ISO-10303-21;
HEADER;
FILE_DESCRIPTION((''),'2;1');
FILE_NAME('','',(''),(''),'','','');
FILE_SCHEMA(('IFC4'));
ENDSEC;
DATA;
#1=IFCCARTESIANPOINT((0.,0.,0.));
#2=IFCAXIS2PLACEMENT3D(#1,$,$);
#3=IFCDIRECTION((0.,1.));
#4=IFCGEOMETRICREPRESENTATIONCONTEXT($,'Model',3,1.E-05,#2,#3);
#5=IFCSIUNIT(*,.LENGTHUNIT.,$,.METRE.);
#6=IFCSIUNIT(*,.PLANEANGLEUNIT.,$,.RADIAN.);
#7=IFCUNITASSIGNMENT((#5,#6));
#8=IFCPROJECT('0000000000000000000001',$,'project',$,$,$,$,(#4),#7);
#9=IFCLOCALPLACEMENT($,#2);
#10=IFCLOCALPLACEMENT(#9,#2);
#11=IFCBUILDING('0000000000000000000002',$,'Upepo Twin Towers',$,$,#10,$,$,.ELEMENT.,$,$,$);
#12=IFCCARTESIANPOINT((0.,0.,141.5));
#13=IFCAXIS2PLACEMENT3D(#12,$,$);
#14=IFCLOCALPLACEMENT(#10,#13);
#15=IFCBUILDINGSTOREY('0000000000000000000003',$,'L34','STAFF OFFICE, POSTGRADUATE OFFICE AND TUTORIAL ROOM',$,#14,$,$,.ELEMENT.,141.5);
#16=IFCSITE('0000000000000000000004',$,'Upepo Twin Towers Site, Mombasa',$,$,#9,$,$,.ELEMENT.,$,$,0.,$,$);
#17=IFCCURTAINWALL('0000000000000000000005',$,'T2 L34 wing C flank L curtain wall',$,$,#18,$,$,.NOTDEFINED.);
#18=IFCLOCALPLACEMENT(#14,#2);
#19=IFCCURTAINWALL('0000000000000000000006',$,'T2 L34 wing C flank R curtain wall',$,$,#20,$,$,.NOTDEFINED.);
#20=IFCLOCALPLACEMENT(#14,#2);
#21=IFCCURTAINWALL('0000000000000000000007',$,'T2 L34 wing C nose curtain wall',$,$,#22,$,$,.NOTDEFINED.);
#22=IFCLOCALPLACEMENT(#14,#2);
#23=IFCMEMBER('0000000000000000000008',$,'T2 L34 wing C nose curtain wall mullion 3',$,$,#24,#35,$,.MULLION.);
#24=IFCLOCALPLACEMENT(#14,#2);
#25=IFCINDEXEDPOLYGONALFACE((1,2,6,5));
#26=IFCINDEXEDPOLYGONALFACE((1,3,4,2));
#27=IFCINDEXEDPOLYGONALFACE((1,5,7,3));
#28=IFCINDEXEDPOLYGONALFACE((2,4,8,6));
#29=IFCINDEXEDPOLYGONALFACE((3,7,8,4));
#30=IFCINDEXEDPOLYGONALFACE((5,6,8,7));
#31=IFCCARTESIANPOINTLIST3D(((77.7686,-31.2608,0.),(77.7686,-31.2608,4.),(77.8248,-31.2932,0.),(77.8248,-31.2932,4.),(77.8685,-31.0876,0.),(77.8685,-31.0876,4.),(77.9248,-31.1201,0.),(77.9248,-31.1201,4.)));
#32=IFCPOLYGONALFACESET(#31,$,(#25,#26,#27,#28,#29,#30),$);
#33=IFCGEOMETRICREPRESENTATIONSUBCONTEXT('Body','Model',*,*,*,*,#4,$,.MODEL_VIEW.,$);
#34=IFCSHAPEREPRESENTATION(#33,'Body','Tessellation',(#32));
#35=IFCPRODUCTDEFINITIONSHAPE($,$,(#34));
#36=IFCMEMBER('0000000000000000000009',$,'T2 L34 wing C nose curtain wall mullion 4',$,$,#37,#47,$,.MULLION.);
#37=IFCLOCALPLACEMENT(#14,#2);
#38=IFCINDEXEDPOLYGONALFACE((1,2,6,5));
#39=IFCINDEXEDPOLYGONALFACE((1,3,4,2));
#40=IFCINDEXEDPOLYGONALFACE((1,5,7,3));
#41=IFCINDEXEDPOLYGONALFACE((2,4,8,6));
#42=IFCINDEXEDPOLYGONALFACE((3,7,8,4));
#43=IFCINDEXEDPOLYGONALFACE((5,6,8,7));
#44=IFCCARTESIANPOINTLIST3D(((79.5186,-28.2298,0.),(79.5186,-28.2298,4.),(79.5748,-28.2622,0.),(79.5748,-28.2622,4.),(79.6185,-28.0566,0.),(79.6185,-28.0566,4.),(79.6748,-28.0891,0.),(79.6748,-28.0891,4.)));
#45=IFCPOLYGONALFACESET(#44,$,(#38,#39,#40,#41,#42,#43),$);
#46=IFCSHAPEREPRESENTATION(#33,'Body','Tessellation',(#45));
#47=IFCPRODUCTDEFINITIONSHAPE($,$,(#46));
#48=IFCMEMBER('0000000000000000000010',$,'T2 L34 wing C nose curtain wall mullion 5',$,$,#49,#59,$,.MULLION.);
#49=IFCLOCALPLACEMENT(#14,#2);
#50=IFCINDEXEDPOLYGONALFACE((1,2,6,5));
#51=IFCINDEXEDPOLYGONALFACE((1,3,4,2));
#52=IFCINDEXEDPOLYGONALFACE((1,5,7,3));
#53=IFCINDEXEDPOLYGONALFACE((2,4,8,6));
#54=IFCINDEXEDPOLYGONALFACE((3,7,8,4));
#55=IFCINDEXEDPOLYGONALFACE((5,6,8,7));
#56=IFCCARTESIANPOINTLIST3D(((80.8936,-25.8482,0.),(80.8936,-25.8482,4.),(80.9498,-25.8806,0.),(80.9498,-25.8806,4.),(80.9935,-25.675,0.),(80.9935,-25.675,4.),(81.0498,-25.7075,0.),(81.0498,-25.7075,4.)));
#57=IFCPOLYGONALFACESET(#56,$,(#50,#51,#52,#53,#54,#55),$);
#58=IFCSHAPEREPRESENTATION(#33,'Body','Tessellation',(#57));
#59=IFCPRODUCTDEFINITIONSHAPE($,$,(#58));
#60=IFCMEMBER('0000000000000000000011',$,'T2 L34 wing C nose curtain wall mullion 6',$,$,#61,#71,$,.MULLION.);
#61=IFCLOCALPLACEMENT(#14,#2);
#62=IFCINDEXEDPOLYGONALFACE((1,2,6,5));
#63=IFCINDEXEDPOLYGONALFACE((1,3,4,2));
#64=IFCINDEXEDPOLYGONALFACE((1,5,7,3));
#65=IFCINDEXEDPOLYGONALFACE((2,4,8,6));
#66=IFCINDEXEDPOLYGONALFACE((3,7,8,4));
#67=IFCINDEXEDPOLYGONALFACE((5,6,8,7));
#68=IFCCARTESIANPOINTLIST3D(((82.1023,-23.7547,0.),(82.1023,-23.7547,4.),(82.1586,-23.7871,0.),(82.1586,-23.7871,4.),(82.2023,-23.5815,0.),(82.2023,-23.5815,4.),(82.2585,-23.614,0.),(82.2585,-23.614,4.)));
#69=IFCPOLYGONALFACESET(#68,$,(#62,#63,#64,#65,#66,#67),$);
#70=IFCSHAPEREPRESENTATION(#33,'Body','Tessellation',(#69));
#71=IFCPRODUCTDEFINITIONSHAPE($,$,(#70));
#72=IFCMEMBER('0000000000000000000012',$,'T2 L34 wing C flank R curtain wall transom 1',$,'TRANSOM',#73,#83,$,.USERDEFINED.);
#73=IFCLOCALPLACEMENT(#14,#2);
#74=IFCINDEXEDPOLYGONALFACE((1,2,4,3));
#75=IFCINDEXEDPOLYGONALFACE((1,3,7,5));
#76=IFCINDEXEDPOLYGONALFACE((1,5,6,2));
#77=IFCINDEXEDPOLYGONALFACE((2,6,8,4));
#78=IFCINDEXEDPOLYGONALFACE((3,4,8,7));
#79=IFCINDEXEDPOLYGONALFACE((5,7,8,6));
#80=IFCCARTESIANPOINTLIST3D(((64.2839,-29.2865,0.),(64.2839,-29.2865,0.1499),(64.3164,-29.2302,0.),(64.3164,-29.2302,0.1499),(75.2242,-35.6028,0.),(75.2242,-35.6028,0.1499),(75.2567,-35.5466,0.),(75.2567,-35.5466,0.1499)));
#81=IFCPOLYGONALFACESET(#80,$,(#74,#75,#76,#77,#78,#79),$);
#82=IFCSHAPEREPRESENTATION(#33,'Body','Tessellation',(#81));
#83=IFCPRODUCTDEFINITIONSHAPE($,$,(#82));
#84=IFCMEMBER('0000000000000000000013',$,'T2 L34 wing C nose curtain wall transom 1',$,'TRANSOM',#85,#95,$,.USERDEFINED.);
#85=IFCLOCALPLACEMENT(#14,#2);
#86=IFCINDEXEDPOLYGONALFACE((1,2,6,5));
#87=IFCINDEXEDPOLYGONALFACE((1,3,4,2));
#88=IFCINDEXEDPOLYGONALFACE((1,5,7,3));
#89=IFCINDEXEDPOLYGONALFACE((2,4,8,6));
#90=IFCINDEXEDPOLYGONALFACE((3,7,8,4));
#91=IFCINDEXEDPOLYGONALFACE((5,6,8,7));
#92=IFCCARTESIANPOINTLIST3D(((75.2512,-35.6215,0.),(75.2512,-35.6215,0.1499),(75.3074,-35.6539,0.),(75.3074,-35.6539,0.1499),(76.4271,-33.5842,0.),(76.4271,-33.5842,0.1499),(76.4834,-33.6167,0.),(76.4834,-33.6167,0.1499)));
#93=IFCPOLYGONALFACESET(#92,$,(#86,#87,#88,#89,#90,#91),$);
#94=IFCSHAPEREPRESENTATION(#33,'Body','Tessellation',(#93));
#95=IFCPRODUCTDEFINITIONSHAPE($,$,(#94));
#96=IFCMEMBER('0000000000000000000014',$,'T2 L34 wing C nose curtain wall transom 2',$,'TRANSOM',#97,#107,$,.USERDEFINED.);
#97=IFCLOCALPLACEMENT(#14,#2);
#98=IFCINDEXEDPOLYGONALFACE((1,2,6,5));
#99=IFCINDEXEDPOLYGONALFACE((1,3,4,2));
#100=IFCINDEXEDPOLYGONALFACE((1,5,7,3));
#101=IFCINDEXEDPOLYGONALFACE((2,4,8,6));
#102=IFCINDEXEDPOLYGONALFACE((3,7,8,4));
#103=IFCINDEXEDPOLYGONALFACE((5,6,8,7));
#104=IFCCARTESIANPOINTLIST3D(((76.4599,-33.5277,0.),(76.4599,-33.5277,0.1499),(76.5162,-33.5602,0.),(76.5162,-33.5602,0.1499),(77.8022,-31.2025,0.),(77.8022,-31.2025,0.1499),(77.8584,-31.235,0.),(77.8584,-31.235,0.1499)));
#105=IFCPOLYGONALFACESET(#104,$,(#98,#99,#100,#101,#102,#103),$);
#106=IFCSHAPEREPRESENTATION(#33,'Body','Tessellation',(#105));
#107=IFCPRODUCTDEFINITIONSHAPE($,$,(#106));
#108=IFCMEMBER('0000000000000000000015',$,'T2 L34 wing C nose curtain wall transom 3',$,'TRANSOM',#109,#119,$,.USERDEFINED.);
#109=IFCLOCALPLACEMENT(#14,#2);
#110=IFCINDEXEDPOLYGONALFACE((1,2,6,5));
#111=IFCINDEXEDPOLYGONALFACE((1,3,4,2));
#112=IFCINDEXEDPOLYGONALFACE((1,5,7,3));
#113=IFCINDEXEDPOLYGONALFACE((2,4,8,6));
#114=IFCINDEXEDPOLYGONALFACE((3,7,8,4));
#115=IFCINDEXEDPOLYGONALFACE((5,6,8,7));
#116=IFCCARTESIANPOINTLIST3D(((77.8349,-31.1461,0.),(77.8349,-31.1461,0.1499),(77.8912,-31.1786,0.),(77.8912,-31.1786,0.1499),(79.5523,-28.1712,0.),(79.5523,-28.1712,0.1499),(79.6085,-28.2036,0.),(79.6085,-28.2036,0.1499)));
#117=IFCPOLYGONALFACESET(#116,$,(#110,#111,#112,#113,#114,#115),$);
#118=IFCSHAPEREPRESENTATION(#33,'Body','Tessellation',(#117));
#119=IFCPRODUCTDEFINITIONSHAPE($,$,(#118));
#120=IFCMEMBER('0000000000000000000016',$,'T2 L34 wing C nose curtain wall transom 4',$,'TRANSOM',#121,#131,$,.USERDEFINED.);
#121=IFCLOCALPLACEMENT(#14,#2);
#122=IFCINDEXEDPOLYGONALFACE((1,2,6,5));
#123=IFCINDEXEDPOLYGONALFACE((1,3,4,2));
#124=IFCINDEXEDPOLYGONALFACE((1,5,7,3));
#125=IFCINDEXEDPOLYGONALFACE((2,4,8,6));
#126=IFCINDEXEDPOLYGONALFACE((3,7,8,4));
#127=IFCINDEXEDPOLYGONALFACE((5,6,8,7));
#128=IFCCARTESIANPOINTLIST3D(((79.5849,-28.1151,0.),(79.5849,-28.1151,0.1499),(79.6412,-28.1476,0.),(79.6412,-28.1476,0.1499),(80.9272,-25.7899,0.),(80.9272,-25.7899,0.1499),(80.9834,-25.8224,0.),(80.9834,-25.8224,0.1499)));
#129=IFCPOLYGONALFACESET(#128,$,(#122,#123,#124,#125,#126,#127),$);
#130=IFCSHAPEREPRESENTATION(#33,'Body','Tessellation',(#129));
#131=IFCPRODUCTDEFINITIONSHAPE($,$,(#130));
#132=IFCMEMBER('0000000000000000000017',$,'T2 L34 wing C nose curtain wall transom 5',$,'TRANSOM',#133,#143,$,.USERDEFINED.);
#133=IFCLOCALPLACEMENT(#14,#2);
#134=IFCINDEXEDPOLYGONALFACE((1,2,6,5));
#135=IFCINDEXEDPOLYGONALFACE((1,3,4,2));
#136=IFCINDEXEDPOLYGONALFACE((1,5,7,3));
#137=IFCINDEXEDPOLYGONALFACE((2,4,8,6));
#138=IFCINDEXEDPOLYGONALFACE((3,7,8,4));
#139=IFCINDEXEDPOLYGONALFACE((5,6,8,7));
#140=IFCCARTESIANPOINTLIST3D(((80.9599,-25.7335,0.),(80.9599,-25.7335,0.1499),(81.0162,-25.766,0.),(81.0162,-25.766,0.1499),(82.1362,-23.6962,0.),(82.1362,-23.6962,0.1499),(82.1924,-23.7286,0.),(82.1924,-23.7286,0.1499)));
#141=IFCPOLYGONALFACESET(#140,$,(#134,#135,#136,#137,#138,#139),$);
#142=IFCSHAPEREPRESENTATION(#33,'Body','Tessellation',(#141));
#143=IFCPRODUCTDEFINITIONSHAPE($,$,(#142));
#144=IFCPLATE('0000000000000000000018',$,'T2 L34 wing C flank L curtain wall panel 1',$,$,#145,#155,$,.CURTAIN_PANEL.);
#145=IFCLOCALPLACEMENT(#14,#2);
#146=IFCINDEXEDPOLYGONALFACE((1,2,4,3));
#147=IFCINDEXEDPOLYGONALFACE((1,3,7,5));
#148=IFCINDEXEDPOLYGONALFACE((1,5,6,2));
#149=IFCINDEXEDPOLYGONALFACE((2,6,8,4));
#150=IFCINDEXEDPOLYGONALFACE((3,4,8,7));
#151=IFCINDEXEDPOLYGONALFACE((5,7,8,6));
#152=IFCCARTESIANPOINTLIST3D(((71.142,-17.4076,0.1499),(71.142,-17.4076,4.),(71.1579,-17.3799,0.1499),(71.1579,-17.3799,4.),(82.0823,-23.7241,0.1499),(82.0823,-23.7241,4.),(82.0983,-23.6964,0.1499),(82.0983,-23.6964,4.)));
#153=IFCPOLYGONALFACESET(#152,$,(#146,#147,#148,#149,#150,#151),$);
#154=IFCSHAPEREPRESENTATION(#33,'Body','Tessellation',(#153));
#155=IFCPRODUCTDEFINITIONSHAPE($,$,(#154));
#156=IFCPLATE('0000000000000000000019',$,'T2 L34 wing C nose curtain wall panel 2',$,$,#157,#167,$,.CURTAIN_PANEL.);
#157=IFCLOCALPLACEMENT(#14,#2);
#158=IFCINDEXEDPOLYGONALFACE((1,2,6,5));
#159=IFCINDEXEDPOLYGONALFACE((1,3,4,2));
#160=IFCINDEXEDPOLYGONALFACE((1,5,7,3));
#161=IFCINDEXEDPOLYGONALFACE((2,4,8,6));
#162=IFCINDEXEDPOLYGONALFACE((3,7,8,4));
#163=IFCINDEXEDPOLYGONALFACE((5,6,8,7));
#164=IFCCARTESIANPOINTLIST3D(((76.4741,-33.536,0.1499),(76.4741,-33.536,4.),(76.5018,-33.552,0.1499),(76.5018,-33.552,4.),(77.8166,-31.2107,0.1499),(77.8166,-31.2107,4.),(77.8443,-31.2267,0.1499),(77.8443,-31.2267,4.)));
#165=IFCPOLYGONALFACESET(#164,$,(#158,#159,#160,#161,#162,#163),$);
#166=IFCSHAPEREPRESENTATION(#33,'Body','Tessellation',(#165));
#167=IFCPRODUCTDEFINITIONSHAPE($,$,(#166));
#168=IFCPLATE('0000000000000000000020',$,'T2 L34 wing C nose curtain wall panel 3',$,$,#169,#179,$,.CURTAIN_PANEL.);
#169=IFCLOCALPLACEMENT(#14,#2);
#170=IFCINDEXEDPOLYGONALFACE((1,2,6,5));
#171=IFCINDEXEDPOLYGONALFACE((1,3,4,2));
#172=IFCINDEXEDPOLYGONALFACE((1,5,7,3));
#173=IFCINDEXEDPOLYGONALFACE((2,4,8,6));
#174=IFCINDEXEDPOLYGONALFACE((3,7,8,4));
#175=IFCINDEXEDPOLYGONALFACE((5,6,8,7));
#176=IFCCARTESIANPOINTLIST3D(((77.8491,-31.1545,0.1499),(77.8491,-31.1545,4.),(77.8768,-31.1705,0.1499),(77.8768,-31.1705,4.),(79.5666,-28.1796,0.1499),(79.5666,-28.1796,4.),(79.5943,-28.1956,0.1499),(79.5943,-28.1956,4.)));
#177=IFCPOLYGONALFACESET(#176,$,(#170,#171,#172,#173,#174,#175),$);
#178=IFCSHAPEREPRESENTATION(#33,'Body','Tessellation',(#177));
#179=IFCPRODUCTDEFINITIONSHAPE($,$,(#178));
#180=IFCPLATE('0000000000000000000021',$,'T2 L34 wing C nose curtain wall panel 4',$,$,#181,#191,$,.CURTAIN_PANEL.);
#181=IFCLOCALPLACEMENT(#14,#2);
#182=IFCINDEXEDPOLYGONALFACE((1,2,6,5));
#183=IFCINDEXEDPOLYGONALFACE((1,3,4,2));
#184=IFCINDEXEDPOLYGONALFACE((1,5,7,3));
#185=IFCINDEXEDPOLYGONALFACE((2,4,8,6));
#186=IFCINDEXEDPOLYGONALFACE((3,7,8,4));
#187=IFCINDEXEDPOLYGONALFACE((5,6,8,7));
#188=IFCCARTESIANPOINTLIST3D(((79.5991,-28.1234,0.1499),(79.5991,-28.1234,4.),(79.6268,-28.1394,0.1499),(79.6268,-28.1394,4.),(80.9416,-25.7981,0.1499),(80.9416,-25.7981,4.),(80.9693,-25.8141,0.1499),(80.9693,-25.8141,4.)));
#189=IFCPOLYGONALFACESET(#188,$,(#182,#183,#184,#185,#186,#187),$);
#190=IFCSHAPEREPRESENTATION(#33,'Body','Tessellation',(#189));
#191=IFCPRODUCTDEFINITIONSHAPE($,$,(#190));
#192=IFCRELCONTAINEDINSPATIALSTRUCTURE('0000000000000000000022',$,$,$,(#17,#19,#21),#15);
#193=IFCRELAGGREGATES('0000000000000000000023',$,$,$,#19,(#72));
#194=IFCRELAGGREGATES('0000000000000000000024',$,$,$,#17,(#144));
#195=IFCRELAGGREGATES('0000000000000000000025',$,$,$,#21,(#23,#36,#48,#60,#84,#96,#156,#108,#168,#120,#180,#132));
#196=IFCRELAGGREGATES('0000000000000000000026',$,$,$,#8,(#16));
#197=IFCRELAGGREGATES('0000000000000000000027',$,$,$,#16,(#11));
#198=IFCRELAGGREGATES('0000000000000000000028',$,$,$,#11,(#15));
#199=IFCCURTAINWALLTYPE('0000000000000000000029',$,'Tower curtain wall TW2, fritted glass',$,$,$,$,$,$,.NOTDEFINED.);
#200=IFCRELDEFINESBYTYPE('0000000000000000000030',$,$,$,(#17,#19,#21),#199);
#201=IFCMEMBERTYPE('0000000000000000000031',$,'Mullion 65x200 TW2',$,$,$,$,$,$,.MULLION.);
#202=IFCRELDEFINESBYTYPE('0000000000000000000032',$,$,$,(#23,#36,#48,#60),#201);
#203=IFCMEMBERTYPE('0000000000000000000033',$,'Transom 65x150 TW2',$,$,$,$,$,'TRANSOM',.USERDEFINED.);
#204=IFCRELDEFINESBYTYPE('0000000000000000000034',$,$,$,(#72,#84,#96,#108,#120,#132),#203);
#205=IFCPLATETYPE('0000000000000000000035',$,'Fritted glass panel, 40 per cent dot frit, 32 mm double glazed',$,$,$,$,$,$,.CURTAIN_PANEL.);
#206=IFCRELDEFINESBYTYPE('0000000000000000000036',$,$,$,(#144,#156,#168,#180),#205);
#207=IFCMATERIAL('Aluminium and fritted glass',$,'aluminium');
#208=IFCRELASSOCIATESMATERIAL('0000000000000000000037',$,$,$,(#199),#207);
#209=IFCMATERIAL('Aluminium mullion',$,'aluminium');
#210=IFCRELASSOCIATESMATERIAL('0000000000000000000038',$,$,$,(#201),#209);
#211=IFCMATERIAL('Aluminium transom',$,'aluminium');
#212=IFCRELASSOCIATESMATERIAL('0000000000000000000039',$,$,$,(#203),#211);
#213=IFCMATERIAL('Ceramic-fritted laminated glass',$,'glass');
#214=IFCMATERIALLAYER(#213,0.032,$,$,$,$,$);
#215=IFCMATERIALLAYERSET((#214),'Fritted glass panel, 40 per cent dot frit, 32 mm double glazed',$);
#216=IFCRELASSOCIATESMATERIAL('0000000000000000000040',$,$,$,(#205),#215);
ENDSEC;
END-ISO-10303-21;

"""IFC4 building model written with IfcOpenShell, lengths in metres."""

from ifc_helpers import new_model, si_unit, direction, frame, origin, origin_2d, place, context, subcontext, project, spatial, rectangle, extrude, material, layer, layer_set, material_profile, profile_set, type_object, element, aggregate, save


model = new_model("IFC4")

# Units and contexts
model_context = context("Model", 3, precision=1e-05, world=origin(), true_north=direction((0.0, 1.0)))
body_context = subcontext(model_context, "Body", "Model", "MODEL_VIEW")
ifc_project = project(units=[si_unit("LENGTHUNIT", "METRE"), si_unit("PLANEANGLEUNIT", "RADIAN")], contexts=[model_context])

# Site, building, storey
site_placement = place(None, origin())
site = spatial("IfcSite", under=ifc_project, at=site_placement, Name="Upepo Twin Towers Site, Mombasa", CompositionType="ELEMENT", RefElevation=0.0)
building_placement = place(site_placement, origin())
building = spatial("IfcBuilding", under=site, at=building_placement, Name="Upepo Twin Towers", CompositionType="ELEMENT")
storey_placement = place(building_placement, frame((0.0, 0.0, 141.5)))
storey = spatial("IfcBuildingStorey", under=building, at=storey_placement, Name="L34", Description="STAFF OFFICE, POSTGRADUATE OFFICE AND TUTORIAL ROOM", CompositionType="ELEMENT", Elevation=141.5)

# Curtain walls
ifc_material_1 = material(Name="Aluminium and fritted glass", Category="aluminium")
curtain_wall_type = type_object("IfcCurtainWallType", Name="Tower curtain wall TW2, fritted glass", PredefinedType="NOTDEFINED", material=ifc_material_1)
curtain_wall_1_placement = place(storey_placement, origin())
curtain_wall_1 = element("IfcCurtainWall", 1, at=curtain_wall_1_placement, inside=storey, type_object=curtain_wall_type, Name="T2 L34 wing C flank L curtain wall", PredefinedType="NOTDEFINED")
ifc_material_2 = material(Name="Aluminium mullion", Category="aluminium")
ifc_material_profile_1 = material_profile(ifc_material_2, rectangle(XDim=0.0649, YDim=0.2, at=origin_2d()), Name="MULLION 65x200")
ifc_profile_set_1 = profile_set([ifc_material_profile_1], Name="Aluminium mullion")
member_type_1 = type_object("IfcMemberType", Name="Mullion 65x200 TW2", PredefinedType="MULLION", material=ifc_profile_set_1)
curtain_wall_2_placement = place(storey_placement, origin())
curtain_wall_2 = element("IfcCurtainWall", 2, at=curtain_wall_2_placement, inside=storey, type_object=curtain_wall_type, Name="T2 L34 wing C flank R curtain wall", PredefinedType="NOTDEFINED")

# Curtain wall, members
curtain_wall_3_placement = place(storey_placement, origin())
curtain_wall_3 = element("IfcCurtainWall", 3, at=curtain_wall_3_placement, inside=storey, type_object=curtain_wall_type, Name="T2 L34 wing C nose curtain wall", PredefinedType="NOTDEFINED")
member_1_placement = place(storey_placement, frame((77.8467, -31.1904, 0.0), z_axis=(0.0, 0.0, 1.0), x_axis=(-0.866025, 0.5, 0.0)))
member_1 = element("IfcMember", 4, at=member_1_placement, type_object=member_type_1, Name="T2 L34 wing C nose curtain wall mullion 3", PredefinedType="MULLION", context=body_context, shape_type="SweptSolid", body=[
    extrude(rectangle(XDim=0.0649, YDim=0.2, at=origin_2d()), origin(), (0.0, 0.0, 1.0), 4.0),
])
member_2_placement = place(storey_placement, frame((79.5967, -28.1594, 0.0), z_axis=(0.0, 0.0, 1.0), x_axis=(-0.866025, 0.5, 0.0)))
member_2 = element("IfcMember", 5, at=member_2_placement, type_object=member_type_1, Name="T2 L34 wing C nose curtain wall mullion 4", PredefinedType="MULLION", context=body_context, shape_type="SweptSolid", body=[
    extrude(rectangle(XDim=0.0649, YDim=0.2, at=origin_2d()), origin(), (0.0, 0.0, 1.0), 4.0),
])
member_3_placement = place(storey_placement, frame((80.9717, -25.7778, 0.0), z_axis=(0.0, 0.0, 1.0), x_axis=(-0.866025, 0.5, 0.0)))
member_3 = element("IfcMember", 6, at=member_3_placement, type_object=member_type_1, Name="T2 L34 wing C nose curtain wall mullion 5", PredefinedType="MULLION", context=body_context, shape_type="SweptSolid", body=[
    extrude(rectangle(XDim=0.0649, YDim=0.2, at=origin_2d()), origin(), (0.0, 0.0, 1.0), 4.0),
])
member_4_placement = place(storey_placement, frame((82.1804, -23.6843, 0.0), z_axis=(0.0, 0.0, 1.0), x_axis=(-0.866025, 0.5, 0.0)))
member_4 = element("IfcMember", 7, at=member_4_placement, type_object=member_type_1, Name="T2 L34 wing C nose curtain wall mullion 6", PredefinedType="MULLION", context=body_context, shape_type="SweptSolid", body=[
    extrude(rectangle(XDim=0.0649, YDim=0.2, at=origin_2d()), origin(), (0.0, 0.0, 1.0), 4.0),
])

# Members
ifc_material_3 = material(Name="Aluminium transom", Category="aluminium")
ifc_material_profile_2 = material_profile(ifc_material_3, rectangle(XDim=0.0649, YDim=0.1499, at=origin_2d()), Name="TRANSOM 65x150")
ifc_profile_set_2 = profile_set([ifc_material_profile_2], Name="Aluminium transom")
member_type_2 = type_object("IfcMemberType", Name="Transom 65x150 TW2", ElementType="TRANSOM", PredefinedType="USERDEFINED", material=ifc_profile_set_2)
member_5_placement = place(storey_placement, frame((75.2405, -35.5747, 0.075), z_axis=(-0.866027, 0.499997, 0.0), x_axis=(-0.499997, -0.866027, 0.0)))
member_5 = element("IfcMember", 8, at=member_5_placement, type_object=member_type_2, Name="T2 L34 wing C flank R curtain wall transom 1", ObjectType="TRANSOM", PredefinedType="USERDEFINED", context=body_context, shape_type="SweptSolid", body=[
    extrude(rectangle(XDim=0.0649, YDim=0.1499, at=origin_2d()), origin(), (0.0, 0.0, 1.0), 12.6328),
])
aggregate(curtain_wall_2, [member_5])
member_6_placement = place(storey_placement, frame((75.2793, -35.6377, 0.075), z_axis=(0.499923, 0.86607, 0.0), x_axis=(-0.86607, 0.499923, 0.0)))
member_6 = element("IfcMember", 9, at=member_6_placement, type_object=member_type_2, Name="T2 L34 wing C nose curtain wall transom 1", ObjectType="TRANSOM", PredefinedType="USERDEFINED", context=body_context, shape_type="SweptSolid", body=[
    extrude(rectangle(XDim=0.0649, YDim=0.1499, at=origin_2d()), origin(), (0.0, 0.0, 1.0), 2.3523),
])
member_7_placement = place(storey_placement, frame((76.488, -33.5439, 0.075), z_axis=(0.499953, 0.866052, 0.0), x_axis=(-0.866052, 0.499953, 0.0)))
member_7 = element("IfcMember", 10, at=member_7_placement, type_object=member_type_2, Name="T2 L34 wing C nose curtain wall transom 2", ObjectType="TRANSOM", PredefinedType="USERDEFINED", context=body_context, shape_type="SweptSolid", body=[
    extrude(rectangle(XDim=0.0649, YDim=0.1499, at=origin_2d()), origin(), (0.0, 0.0, 1.0), 2.6848),
])
member_8_placement = place(storey_placement, frame((77.863, -31.1624, 0.075), z_axis=(0.499946, 0.866057, 0.0), x_axis=(-0.866057, 0.499946, 0.0)))
member_8 = element("IfcMember", 11, at=member_8_placement, type_object=member_type_2, Name="T2 L34 wing C nose curtain wall transom 3", ObjectType="TRANSOM", PredefinedType="USERDEFINED", context=body_context, shape_type="SweptSolid", body=[
    extrude(rectangle(XDim=0.0649, YDim=0.1499, at=origin_2d()), origin(), (0.0, 0.0, 1.0), 3.4351),
])
member_9_placement = place(storey_placement, frame((79.613, -28.1313, 0.075), z_axis=(0.499953, 0.866052, 0.0), x_axis=(-0.866052, 0.499953, 0.0)))
member_9 = element("IfcMember", 12, at=member_9_placement, type_object=member_type_2, Name="T2 L34 wing C nose curtain wall transom 4", ObjectType="TRANSOM", PredefinedType="USERDEFINED", context=body_context, shape_type="SweptSolid", body=[
    extrude(rectangle(XDim=0.0649, YDim=0.1499, at=origin_2d()), origin(), (0.0, 0.0, 1.0), 2.6848),
])
member_10_placement = place(storey_placement, frame((80.988, -25.7498, 0.075), z_axis=(0.500001, 0.866025, 0.0), x_axis=(-0.866025, 0.500001, 0.0)))
member_10 = element("IfcMember", 13, at=member_10_placement, type_object=member_type_2, Name="T2 L34 wing C nose curtain wall transom 5", ObjectType="TRANSOM", PredefinedType="USERDEFINED", context=body_context, shape_type="SweptSolid", body=[
    extrude(rectangle(XDim=0.0649, YDim=0.1499, at=origin_2d()), origin(), (0.0, 0.0, 1.0), 2.3525),
])

# Plates
ifc_material_4 = material(Name="Ceramic-fritted laminated glass", Category="glass")
ifc_layer_1 = layer(ifc_material_4, 0.032)
ifc_layer_set_1 = layer_set([ifc_layer_1], Name="Fritted glass panel, 40 per cent dot frit, 32 mm double glazed")
plate_type_1 = type_object("IfcPlateType", Name="Fritted glass panel, 40 per cent dot frit, 32 mm double glazed", PredefinedType="CURTAIN_PANEL", material=ifc_layer_set_1)
plate_1_placement = place(storey_placement, frame((76.6201, -20.552, 0.1499), z_axis=(0.0, 0.0, 1.0), x_axis=(0.866025, -0.5, 0.0)))
plate_1 = element("IfcPlate", 14, at=plate_1_placement, type_object=plate_type_1, Name="T2 L34 wing C flank L curtain wall panel 1", PredefinedType="CURTAIN_PANEL", context=body_context, shape_type="SweptSolid", body=[
    extrude(rectangle(XDim=12.6328, YDim=0.032, at=origin_2d()), origin(), (0.0, 0.0, 1.0), 3.8501),
])
aggregate(curtain_wall_1, [plate_1])
plate_2_placement = place(storey_placement, frame((77.1592, -32.3813, 0.1499), z_axis=(0.0, 0.0, 1.0), x_axis=(0.5, 0.866025, 0.0)))
plate_2 = element("IfcPlate", 15, at=plate_2_placement, type_object=plate_type_1, Name="T2 L34 wing C nose curtain wall panel 2", PredefinedType="CURTAIN_PANEL", context=body_context, shape_type="SweptSolid", body=[
    extrude(rectangle(XDim=2.6851, YDim=0.032, at=origin_2d()), origin(), (0.0, 0.0, 1.0), 3.8501),
])
plate_3_placement = place(storey_placement, frame((78.7217, -29.675, 0.1499), z_axis=(0.0, 0.0, 1.0), x_axis=(0.5, 0.866025, 0.0)))
plate_3 = element("IfcPlate", 16, at=plate_3_placement, type_object=plate_type_1, Name="T2 L34 wing C nose curtain wall panel 3", PredefinedType="CURTAIN_PANEL", context=body_context, shape_type="SweptSolid", body=[
    extrude(rectangle(XDim=3.4351, YDim=0.032, at=origin_2d()), origin(), (0.0, 0.0, 1.0), 3.8501),
])
plate_4_placement = place(storey_placement, frame((80.2842, -26.9688, 0.1499), z_axis=(0.0, 0.0, 1.0), x_axis=(0.5, 0.866025, 0.0)))
plate_4 = element("IfcPlate", 17, at=plate_4_placement, type_object=plate_type_1, Name="T2 L34 wing C nose curtain wall panel 4", PredefinedType="CURTAIN_PANEL", context=body_context, shape_type="SweptSolid", body=[
    extrude(rectangle(XDim=2.6851, YDim=0.032, at=origin_2d()), origin(), (0.0, 0.0, 1.0), 3.8501),
])
aggregate(curtain_wall_3, [member_1, member_2, member_3, member_4, member_6, member_7, plate_2, member_8, plate_3, member_9, plate_4, member_10])

save(model, "model.ifc")
